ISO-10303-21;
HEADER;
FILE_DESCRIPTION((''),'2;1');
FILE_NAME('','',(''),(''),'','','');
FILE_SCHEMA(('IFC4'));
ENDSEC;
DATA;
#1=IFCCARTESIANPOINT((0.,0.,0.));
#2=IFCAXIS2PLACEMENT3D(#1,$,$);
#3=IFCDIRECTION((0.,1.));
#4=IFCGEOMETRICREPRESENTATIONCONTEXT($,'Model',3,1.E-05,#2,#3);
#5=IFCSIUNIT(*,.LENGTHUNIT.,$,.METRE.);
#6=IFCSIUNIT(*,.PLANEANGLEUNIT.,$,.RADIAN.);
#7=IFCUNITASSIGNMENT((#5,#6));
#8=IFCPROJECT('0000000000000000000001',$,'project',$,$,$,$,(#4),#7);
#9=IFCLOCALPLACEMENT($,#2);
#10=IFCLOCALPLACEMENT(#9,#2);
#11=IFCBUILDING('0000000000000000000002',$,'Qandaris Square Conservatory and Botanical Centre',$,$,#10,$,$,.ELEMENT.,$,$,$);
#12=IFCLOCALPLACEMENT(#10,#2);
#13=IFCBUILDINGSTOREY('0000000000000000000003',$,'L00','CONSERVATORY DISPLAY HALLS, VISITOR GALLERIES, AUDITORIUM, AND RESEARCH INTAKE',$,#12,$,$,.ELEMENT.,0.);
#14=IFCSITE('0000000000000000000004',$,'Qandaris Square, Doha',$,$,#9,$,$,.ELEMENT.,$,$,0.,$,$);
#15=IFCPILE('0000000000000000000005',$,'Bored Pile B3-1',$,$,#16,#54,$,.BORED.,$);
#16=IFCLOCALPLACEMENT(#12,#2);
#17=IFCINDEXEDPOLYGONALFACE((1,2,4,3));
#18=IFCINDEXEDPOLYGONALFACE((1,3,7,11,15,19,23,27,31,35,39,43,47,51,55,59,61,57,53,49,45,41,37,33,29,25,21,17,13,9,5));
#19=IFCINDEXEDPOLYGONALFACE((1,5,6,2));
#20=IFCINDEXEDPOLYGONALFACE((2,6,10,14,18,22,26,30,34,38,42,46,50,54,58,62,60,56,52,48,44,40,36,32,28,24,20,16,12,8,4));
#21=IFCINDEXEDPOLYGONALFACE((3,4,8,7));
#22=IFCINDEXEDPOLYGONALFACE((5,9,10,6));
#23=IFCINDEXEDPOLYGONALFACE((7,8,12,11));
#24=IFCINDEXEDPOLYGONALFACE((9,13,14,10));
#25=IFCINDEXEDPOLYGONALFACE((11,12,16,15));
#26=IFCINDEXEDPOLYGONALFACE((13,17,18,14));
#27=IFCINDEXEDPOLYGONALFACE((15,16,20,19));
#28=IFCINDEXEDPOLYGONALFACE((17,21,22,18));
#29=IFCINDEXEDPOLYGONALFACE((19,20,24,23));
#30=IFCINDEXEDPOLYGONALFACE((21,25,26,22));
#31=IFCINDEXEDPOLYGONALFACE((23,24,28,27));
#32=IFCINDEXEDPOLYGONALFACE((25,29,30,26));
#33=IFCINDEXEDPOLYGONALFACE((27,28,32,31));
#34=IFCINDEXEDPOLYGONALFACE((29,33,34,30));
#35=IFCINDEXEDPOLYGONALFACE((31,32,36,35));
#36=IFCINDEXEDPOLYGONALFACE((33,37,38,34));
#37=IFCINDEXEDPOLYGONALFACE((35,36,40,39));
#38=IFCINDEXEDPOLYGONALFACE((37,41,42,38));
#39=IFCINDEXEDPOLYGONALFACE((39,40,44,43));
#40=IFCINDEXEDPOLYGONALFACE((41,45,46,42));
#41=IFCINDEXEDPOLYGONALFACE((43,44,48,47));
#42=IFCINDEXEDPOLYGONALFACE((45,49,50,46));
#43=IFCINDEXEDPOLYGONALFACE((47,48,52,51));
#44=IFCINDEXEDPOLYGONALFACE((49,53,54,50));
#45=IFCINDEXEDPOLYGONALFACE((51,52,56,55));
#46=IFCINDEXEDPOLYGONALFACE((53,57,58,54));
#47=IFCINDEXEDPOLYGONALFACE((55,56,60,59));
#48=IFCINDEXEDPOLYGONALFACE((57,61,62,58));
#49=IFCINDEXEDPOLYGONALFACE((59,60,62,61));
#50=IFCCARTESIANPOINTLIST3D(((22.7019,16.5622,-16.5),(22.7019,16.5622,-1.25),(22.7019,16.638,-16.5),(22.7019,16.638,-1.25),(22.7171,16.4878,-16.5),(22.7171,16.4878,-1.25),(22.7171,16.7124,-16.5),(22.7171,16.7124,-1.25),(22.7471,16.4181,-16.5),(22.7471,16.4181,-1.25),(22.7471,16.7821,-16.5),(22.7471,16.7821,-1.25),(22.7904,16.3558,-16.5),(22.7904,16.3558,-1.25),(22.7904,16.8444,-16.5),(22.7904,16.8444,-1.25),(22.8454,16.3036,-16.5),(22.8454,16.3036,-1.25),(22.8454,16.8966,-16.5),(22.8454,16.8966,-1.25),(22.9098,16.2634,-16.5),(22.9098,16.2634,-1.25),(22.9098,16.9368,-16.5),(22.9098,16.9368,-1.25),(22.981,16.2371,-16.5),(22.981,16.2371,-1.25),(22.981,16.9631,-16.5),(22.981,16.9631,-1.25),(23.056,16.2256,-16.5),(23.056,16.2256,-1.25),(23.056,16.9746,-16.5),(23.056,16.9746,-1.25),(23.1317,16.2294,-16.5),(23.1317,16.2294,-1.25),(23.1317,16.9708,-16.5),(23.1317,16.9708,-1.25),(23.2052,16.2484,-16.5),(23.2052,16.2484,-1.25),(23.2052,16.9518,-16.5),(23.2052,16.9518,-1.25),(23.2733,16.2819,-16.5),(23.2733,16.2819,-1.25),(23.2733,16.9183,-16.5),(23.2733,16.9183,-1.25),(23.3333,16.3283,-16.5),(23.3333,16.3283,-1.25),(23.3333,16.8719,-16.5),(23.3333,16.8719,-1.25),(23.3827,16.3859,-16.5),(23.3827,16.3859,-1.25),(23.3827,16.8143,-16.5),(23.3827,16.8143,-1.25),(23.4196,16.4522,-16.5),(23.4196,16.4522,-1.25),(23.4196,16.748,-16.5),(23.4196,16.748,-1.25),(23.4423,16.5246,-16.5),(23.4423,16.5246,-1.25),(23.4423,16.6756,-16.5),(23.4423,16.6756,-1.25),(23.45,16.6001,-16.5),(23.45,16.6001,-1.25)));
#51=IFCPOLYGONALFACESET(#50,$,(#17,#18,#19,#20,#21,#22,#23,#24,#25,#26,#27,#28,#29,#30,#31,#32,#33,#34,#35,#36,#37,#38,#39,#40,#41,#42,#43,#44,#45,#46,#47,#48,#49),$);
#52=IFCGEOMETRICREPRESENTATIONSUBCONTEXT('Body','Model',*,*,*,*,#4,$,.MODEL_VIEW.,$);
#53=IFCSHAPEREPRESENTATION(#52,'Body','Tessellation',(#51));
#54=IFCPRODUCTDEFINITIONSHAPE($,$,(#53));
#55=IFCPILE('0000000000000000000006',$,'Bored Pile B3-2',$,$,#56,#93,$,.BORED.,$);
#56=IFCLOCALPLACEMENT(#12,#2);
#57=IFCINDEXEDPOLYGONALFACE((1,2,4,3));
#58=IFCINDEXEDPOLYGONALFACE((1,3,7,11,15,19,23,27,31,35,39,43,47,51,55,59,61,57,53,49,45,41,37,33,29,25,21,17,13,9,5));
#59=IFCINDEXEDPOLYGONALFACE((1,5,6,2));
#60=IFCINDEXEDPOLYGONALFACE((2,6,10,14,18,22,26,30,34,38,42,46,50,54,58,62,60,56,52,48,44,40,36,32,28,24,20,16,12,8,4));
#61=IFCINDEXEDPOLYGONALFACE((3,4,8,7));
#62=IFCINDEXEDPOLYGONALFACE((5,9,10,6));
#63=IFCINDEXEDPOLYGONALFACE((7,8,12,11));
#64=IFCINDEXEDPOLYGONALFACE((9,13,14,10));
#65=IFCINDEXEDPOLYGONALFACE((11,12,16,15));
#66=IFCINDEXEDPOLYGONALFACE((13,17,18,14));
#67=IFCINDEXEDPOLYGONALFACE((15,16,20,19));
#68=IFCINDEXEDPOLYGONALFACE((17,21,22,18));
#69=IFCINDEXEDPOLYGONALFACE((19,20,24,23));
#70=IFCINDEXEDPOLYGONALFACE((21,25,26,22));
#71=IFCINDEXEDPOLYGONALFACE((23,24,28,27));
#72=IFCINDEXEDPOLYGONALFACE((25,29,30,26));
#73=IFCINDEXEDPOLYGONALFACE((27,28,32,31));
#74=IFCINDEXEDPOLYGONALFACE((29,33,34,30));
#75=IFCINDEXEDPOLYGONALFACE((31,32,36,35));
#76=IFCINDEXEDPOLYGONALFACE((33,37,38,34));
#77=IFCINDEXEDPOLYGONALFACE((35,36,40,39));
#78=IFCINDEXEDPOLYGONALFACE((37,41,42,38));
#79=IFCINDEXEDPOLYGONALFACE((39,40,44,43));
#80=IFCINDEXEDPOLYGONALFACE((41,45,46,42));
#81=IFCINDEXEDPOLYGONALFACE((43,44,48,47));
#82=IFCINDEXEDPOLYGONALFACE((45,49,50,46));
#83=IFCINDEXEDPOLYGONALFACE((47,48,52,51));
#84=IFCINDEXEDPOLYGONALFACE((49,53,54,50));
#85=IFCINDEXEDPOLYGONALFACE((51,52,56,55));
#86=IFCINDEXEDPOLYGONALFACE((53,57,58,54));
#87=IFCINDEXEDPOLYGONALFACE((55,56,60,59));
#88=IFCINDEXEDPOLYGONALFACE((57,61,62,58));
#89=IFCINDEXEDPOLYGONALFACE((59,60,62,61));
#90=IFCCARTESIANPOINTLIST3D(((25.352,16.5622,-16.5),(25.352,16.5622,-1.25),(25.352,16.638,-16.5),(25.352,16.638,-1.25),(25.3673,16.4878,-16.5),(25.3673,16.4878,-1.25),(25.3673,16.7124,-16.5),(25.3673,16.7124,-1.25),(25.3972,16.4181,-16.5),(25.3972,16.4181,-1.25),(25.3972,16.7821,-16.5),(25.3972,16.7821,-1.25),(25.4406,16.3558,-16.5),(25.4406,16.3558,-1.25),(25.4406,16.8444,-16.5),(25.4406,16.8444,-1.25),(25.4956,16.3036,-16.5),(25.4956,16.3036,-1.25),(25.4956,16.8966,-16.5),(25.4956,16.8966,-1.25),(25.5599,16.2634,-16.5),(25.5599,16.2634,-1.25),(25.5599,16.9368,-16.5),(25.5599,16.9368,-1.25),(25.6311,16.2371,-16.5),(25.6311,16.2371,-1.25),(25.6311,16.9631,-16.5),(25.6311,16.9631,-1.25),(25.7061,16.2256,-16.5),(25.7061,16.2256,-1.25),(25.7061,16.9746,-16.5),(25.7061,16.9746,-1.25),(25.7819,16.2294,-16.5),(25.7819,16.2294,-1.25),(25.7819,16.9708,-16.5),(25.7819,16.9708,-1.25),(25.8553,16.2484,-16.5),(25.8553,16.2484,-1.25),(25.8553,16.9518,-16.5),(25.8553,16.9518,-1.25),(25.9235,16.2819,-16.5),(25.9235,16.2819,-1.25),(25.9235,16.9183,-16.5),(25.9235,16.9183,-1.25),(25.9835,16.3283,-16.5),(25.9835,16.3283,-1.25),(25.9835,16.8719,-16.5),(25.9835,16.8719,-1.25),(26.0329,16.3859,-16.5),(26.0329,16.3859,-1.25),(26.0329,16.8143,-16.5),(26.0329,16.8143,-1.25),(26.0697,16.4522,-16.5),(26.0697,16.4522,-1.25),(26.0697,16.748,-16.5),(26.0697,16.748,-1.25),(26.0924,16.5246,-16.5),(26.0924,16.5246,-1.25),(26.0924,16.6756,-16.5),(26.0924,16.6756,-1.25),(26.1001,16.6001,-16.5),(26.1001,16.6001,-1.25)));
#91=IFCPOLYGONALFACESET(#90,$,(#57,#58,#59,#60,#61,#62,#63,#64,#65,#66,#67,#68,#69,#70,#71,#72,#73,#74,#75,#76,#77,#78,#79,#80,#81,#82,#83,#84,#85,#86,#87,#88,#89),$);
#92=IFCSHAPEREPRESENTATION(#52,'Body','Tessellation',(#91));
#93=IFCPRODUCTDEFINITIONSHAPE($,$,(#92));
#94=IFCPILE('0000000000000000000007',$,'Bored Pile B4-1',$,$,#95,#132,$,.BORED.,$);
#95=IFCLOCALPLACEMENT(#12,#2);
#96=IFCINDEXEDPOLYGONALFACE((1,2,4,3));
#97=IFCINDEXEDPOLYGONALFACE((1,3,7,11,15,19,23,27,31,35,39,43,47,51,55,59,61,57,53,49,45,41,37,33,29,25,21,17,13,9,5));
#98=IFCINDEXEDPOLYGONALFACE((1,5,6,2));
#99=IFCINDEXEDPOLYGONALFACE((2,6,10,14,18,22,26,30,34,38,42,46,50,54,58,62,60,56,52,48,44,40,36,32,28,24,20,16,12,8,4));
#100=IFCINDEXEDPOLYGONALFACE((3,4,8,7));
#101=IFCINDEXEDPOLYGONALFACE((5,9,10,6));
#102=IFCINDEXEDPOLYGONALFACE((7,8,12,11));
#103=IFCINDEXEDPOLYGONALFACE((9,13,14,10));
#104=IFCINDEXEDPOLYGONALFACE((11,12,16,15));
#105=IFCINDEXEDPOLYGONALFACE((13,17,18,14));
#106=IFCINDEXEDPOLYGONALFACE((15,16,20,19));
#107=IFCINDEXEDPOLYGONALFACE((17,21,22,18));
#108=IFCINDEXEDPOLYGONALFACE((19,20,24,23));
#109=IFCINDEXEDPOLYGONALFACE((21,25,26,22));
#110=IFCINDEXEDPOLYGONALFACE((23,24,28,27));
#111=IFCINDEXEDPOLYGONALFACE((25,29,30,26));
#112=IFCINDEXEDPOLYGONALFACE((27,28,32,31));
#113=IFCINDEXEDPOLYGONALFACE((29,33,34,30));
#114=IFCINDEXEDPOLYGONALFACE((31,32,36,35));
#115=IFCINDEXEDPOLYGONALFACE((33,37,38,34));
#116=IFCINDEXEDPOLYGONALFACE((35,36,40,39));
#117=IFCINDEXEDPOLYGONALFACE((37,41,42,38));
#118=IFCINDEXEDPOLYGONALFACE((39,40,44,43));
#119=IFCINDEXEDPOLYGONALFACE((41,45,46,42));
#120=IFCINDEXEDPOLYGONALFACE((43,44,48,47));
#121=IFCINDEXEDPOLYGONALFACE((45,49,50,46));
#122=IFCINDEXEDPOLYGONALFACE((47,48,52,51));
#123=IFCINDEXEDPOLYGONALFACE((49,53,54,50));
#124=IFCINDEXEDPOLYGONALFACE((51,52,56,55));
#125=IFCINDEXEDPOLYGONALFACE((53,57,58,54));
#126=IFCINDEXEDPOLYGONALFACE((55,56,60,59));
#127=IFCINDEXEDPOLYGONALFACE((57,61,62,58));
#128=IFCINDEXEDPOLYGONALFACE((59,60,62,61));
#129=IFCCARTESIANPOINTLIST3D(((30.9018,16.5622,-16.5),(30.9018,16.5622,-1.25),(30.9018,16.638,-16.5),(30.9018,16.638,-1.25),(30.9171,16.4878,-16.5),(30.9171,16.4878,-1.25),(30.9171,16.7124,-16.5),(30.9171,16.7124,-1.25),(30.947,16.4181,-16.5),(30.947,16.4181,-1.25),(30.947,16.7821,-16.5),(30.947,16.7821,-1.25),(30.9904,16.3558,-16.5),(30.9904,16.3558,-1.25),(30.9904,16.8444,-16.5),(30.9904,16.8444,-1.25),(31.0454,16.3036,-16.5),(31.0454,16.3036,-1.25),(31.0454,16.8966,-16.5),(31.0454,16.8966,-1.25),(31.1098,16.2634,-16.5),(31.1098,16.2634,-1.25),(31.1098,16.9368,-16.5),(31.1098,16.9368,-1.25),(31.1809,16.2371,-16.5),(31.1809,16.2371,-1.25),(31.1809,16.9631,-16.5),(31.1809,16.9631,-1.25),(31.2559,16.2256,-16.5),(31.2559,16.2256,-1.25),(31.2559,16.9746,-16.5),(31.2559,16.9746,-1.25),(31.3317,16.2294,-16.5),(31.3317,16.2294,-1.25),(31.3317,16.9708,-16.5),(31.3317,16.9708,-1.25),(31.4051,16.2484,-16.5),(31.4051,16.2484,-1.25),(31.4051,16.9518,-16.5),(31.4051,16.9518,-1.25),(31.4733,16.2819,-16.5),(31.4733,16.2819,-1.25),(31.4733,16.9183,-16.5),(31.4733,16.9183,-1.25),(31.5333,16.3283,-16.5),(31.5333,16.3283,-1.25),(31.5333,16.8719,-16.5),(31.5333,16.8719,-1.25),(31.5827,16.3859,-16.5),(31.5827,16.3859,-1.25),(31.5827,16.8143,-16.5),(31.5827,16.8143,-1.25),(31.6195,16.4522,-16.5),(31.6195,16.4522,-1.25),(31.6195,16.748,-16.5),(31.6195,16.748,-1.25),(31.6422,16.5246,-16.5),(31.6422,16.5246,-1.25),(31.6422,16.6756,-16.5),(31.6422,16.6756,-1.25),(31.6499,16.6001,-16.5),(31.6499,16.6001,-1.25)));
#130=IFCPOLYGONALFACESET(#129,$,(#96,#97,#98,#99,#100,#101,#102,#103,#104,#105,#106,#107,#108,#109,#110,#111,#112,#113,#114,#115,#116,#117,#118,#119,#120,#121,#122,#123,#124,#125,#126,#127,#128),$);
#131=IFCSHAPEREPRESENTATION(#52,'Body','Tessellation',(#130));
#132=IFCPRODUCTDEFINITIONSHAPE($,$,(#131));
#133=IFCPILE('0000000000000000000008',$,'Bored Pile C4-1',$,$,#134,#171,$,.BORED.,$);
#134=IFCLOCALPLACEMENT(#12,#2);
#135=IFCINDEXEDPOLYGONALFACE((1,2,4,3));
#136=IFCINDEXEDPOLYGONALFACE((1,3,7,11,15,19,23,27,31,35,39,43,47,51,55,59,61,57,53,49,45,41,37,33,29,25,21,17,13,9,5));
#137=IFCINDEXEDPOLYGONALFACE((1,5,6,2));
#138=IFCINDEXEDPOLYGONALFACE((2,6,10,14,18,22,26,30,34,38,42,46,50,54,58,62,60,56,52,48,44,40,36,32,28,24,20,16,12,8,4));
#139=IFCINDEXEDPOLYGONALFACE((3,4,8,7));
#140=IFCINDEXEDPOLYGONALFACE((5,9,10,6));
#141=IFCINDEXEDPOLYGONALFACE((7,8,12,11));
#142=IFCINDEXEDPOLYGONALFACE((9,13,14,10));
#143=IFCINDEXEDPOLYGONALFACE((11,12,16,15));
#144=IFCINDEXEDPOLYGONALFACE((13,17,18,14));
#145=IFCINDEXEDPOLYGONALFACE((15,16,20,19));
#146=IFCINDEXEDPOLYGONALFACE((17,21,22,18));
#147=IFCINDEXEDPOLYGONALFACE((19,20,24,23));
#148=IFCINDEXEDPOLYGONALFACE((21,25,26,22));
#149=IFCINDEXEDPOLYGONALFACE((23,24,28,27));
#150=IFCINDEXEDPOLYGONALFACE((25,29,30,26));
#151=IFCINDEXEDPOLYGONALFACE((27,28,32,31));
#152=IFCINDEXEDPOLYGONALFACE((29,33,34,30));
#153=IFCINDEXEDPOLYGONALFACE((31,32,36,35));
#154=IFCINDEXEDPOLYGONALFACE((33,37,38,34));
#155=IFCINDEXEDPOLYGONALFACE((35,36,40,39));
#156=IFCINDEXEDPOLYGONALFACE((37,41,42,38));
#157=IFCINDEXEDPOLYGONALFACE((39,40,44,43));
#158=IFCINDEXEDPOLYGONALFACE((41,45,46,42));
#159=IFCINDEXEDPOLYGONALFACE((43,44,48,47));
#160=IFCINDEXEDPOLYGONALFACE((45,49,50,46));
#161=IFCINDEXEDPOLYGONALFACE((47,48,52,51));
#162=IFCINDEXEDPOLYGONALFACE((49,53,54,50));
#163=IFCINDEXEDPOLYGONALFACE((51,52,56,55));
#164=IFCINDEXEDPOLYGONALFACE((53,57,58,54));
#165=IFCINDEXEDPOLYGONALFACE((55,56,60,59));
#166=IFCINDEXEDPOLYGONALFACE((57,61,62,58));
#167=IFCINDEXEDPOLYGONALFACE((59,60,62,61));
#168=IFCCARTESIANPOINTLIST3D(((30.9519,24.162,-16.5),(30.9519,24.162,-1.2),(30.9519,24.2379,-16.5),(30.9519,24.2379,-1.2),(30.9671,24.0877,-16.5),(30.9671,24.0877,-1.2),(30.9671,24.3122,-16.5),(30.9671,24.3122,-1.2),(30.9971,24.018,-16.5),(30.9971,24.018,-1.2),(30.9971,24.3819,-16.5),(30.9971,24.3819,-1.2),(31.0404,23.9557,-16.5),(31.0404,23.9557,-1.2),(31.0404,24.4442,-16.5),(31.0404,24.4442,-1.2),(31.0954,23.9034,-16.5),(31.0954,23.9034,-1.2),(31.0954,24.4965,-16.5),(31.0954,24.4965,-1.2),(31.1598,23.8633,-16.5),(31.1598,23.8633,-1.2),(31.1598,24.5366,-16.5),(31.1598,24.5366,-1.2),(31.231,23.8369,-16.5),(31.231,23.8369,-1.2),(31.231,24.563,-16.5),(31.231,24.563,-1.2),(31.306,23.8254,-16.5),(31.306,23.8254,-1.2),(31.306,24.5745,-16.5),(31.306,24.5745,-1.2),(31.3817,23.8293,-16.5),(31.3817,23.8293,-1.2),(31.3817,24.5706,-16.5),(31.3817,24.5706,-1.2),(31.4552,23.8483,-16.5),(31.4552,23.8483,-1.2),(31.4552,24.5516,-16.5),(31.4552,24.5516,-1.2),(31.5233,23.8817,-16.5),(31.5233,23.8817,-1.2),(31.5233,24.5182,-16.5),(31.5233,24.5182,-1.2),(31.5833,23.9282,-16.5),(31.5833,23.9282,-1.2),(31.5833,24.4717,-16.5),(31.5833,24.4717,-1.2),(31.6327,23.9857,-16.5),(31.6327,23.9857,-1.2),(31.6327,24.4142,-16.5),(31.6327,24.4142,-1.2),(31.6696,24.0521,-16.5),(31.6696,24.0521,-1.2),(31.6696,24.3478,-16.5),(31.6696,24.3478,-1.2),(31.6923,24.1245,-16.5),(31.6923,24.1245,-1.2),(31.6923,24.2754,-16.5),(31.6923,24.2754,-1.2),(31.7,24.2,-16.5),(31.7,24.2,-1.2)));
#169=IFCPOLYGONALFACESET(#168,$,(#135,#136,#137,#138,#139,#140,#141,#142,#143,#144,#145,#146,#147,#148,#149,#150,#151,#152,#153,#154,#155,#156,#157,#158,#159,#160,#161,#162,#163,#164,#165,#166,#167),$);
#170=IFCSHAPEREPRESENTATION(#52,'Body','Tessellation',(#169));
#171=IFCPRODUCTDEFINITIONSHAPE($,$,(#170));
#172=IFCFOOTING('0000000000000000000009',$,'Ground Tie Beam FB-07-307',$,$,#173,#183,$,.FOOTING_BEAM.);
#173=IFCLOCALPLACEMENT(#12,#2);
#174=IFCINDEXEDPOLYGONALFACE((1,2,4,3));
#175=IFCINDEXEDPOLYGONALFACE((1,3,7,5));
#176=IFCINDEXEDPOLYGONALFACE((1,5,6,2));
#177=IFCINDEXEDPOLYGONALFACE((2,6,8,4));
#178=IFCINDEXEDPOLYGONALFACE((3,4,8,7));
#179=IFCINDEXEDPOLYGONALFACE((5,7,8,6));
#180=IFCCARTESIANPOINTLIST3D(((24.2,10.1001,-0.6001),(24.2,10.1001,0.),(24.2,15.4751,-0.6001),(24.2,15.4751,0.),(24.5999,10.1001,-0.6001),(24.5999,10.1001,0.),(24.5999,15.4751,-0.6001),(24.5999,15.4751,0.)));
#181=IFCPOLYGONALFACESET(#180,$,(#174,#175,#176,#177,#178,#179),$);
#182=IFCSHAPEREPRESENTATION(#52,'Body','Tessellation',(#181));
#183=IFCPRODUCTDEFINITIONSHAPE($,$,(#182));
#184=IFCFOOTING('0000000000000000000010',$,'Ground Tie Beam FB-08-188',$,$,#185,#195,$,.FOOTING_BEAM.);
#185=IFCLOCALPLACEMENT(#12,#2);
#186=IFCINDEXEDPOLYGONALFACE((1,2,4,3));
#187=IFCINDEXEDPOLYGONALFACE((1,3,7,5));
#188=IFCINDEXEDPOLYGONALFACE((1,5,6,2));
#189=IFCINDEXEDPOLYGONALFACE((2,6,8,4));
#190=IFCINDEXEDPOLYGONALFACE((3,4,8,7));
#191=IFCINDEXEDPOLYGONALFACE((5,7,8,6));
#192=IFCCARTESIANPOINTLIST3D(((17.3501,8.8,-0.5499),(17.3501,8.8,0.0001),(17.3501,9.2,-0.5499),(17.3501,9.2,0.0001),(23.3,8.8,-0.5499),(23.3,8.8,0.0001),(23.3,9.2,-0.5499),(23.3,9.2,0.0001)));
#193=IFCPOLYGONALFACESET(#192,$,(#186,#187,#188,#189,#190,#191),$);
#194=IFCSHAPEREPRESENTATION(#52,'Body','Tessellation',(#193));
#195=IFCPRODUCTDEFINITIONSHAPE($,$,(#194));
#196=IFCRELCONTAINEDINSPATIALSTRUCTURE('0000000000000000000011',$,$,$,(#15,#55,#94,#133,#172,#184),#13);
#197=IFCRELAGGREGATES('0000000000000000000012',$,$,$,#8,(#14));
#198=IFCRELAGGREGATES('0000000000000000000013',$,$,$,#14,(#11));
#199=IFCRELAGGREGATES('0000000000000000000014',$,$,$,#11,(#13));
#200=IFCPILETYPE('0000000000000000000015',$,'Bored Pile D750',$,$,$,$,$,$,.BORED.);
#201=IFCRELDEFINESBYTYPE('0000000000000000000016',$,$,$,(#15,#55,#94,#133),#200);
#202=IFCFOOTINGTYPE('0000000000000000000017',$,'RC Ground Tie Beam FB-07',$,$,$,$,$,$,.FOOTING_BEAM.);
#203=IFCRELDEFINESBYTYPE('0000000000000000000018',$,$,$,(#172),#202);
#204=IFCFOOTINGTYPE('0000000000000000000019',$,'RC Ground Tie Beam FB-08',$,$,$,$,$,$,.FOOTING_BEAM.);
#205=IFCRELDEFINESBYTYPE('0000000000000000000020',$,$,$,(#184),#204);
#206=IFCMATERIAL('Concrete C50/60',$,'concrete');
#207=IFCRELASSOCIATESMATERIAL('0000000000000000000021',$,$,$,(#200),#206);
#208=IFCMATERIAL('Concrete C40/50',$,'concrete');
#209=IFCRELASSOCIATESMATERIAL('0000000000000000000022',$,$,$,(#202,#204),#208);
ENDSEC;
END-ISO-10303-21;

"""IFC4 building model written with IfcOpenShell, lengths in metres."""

from ifc_helpers import new_model, si_unit, direction, frame, origin, origin_2d, place, context, subcontext, project, spatial, rectangle, circle, extrude, material, material_profile, profile_set, type_object, element, save


model = new_model("IFC4")

# Units and contexts
model_context = context("Model", 3, precision=1e-05, world=origin(), true_north=direction((0.0, 1.0)))
body_context = subcontext(model_context, "Body", "Model", "MODEL_VIEW")
ifc_project = project(units=[si_unit("LENGTHUNIT", "METRE"), si_unit("PLANEANGLEUNIT", "RADIAN")], contexts=[model_context])

# Site, building, storey
site_placement = place(None, origin())
site = spatial("IfcSite", under=ifc_project, at=site_placement, Name="Qandaris Square, Doha", CompositionType="ELEMENT", RefElevation=0.0)
building_placement = place(site_placement, origin())
building = spatial("IfcBuilding", under=site, at=building_placement, Name="Qandaris Square Conservatory and Botanical Centre", CompositionType="ELEMENT")
storey_placement = place(building_placement, origin())
storey = spatial("IfcBuildingStorey", under=building, at=storey_placement, Name="L00", Description="CONSERVATORY DISPLAY HALLS, VISITOR GALLERIES, AUDITORIUM, AND RESEARCH INTAKE", CompositionType="ELEMENT", Elevation=0.0)

# Piles
ifc_material_1 = material(Name="Concrete C50/60", Category="concrete")
ifc_material_profile_1 = material_profile(ifc_material_1, circle(Radius=0.375, at=origin_2d()), Name="PILE D750")
ifc_profile_set_1 = profile_set([ifc_material_profile_1], Name="Concrete C50/60")
pile_type = type_object("IfcPileType", Name="Bored Pile D750", PredefinedType="BORED", material=ifc_profile_set_1)
for number, where, z_axis, x_axis, name in (
    (1, (23.075, 16.6001, -1.25), (0.0, 0.0, -1.0), (1.0, 0.0, 0.0), "Bored Pile B3-1"),
    (2, (25.7251, 16.6001, -1.25), (0.0, 0.0, -1.0), (1.0, 0.0, 0.0), "Bored Pile B3-2"),
    (3, (31.2749, 16.6001, -1.25), (0.0, 0.0, -1.0), (1.0, 0.0, 0.0), "Bored Pile B4-1"),
):
    element("IfcPile", number, at=place(storey_placement, frame(where, z_axis=z_axis, x_axis=x_axis)), inside=storey, type_object=pile_type, Name=name, PredefinedType="BORED", context=body_context, shape_type="SweptSolid", body=[
        extrude(circle(Radius=0.375, at=origin_2d()), origin(), (0.0, 0.0, 1.0), 15.25),
    ])
pile_placement = place(storey_placement, frame((31.325, 24.2, -1.2), z_axis=(0.0, 0.0, -1.0), x_axis=(1.0, 0.0, 0.0)))
element("IfcPile", 4, at=pile_placement, inside=storey, type_object=pile_type, Name="Bored Pile C4-1", PredefinedType="BORED", context=body_context, shape_type="SweptSolid", body=[
    extrude(circle(Radius=0.375, at=origin_2d()), origin(), (0.0, 0.0, 1.0), 15.3),
])

# Footings
ifc_material_2 = material(Name="Concrete C40/50", Category="concrete")
ifc_material_profile_2 = material_profile(ifc_material_2, rectangle(XDim=0.3999, YDim=0.6001, at=origin_2d()), Name="FB 400x600")
ifc_profile_set_2 = profile_set([ifc_material_profile_2], Name="Concrete C40/50")
footing_type_1 = type_object("IfcFootingType", Name="RC Ground Tie Beam FB-07", PredefinedType="FOOTING_BEAM", material=ifc_profile_set_2)
footing_1_placement = place(storey_placement, frame((24.3999, 10.1001, -0.3), z_axis=(0.0, 1.0, 0.0), x_axis=(-1.0, 0.0, 0.0)))
element("IfcFooting", 5, at=footing_1_placement, inside=storey, type_object=footing_type_1, Name="Ground Tie Beam FB-07-307", PredefinedType="FOOTING_BEAM", context=body_context, shape_type="SweptSolid", body=[
    extrude(rectangle(XDim=0.3999, YDim=0.6001, at=origin_2d()), origin(), (0.0, 0.0, 1.0), 5.375),
])
ifc_material_profile_3 = material_profile(ifc_material_2, rectangle(XDim=0.3999, YDim=0.55, at=origin_2d()), Name="FB 400x550")
ifc_profile_set_3 = profile_set([ifc_material_profile_3], Name="Concrete C40/50")
footing_type_2 = type_object("IfcFootingType", Name="RC Ground Tie Beam FB-08", PredefinedType="FOOTING_BEAM", material=ifc_profile_set_3)
footing_2_placement = place(storey_placement, frame((17.3501, 9.0, -0.2749), z_axis=(1.0, 0.0, 0.0), x_axis=(0.0, 1.0, 0.0)))
element("IfcFooting", 6, at=footing_2_placement, inside=storey, type_object=footing_type_2, Name="Ground Tie Beam FB-08-188", PredefinedType="FOOTING_BEAM", context=body_context, shape_type="SweptSolid", body=[
    extrude(rectangle(XDim=0.3999, YDim=0.55, at=origin_2d()), origin(), (0.0, 0.0, 1.0), 5.95),
])

save(model, "model.ifc")
